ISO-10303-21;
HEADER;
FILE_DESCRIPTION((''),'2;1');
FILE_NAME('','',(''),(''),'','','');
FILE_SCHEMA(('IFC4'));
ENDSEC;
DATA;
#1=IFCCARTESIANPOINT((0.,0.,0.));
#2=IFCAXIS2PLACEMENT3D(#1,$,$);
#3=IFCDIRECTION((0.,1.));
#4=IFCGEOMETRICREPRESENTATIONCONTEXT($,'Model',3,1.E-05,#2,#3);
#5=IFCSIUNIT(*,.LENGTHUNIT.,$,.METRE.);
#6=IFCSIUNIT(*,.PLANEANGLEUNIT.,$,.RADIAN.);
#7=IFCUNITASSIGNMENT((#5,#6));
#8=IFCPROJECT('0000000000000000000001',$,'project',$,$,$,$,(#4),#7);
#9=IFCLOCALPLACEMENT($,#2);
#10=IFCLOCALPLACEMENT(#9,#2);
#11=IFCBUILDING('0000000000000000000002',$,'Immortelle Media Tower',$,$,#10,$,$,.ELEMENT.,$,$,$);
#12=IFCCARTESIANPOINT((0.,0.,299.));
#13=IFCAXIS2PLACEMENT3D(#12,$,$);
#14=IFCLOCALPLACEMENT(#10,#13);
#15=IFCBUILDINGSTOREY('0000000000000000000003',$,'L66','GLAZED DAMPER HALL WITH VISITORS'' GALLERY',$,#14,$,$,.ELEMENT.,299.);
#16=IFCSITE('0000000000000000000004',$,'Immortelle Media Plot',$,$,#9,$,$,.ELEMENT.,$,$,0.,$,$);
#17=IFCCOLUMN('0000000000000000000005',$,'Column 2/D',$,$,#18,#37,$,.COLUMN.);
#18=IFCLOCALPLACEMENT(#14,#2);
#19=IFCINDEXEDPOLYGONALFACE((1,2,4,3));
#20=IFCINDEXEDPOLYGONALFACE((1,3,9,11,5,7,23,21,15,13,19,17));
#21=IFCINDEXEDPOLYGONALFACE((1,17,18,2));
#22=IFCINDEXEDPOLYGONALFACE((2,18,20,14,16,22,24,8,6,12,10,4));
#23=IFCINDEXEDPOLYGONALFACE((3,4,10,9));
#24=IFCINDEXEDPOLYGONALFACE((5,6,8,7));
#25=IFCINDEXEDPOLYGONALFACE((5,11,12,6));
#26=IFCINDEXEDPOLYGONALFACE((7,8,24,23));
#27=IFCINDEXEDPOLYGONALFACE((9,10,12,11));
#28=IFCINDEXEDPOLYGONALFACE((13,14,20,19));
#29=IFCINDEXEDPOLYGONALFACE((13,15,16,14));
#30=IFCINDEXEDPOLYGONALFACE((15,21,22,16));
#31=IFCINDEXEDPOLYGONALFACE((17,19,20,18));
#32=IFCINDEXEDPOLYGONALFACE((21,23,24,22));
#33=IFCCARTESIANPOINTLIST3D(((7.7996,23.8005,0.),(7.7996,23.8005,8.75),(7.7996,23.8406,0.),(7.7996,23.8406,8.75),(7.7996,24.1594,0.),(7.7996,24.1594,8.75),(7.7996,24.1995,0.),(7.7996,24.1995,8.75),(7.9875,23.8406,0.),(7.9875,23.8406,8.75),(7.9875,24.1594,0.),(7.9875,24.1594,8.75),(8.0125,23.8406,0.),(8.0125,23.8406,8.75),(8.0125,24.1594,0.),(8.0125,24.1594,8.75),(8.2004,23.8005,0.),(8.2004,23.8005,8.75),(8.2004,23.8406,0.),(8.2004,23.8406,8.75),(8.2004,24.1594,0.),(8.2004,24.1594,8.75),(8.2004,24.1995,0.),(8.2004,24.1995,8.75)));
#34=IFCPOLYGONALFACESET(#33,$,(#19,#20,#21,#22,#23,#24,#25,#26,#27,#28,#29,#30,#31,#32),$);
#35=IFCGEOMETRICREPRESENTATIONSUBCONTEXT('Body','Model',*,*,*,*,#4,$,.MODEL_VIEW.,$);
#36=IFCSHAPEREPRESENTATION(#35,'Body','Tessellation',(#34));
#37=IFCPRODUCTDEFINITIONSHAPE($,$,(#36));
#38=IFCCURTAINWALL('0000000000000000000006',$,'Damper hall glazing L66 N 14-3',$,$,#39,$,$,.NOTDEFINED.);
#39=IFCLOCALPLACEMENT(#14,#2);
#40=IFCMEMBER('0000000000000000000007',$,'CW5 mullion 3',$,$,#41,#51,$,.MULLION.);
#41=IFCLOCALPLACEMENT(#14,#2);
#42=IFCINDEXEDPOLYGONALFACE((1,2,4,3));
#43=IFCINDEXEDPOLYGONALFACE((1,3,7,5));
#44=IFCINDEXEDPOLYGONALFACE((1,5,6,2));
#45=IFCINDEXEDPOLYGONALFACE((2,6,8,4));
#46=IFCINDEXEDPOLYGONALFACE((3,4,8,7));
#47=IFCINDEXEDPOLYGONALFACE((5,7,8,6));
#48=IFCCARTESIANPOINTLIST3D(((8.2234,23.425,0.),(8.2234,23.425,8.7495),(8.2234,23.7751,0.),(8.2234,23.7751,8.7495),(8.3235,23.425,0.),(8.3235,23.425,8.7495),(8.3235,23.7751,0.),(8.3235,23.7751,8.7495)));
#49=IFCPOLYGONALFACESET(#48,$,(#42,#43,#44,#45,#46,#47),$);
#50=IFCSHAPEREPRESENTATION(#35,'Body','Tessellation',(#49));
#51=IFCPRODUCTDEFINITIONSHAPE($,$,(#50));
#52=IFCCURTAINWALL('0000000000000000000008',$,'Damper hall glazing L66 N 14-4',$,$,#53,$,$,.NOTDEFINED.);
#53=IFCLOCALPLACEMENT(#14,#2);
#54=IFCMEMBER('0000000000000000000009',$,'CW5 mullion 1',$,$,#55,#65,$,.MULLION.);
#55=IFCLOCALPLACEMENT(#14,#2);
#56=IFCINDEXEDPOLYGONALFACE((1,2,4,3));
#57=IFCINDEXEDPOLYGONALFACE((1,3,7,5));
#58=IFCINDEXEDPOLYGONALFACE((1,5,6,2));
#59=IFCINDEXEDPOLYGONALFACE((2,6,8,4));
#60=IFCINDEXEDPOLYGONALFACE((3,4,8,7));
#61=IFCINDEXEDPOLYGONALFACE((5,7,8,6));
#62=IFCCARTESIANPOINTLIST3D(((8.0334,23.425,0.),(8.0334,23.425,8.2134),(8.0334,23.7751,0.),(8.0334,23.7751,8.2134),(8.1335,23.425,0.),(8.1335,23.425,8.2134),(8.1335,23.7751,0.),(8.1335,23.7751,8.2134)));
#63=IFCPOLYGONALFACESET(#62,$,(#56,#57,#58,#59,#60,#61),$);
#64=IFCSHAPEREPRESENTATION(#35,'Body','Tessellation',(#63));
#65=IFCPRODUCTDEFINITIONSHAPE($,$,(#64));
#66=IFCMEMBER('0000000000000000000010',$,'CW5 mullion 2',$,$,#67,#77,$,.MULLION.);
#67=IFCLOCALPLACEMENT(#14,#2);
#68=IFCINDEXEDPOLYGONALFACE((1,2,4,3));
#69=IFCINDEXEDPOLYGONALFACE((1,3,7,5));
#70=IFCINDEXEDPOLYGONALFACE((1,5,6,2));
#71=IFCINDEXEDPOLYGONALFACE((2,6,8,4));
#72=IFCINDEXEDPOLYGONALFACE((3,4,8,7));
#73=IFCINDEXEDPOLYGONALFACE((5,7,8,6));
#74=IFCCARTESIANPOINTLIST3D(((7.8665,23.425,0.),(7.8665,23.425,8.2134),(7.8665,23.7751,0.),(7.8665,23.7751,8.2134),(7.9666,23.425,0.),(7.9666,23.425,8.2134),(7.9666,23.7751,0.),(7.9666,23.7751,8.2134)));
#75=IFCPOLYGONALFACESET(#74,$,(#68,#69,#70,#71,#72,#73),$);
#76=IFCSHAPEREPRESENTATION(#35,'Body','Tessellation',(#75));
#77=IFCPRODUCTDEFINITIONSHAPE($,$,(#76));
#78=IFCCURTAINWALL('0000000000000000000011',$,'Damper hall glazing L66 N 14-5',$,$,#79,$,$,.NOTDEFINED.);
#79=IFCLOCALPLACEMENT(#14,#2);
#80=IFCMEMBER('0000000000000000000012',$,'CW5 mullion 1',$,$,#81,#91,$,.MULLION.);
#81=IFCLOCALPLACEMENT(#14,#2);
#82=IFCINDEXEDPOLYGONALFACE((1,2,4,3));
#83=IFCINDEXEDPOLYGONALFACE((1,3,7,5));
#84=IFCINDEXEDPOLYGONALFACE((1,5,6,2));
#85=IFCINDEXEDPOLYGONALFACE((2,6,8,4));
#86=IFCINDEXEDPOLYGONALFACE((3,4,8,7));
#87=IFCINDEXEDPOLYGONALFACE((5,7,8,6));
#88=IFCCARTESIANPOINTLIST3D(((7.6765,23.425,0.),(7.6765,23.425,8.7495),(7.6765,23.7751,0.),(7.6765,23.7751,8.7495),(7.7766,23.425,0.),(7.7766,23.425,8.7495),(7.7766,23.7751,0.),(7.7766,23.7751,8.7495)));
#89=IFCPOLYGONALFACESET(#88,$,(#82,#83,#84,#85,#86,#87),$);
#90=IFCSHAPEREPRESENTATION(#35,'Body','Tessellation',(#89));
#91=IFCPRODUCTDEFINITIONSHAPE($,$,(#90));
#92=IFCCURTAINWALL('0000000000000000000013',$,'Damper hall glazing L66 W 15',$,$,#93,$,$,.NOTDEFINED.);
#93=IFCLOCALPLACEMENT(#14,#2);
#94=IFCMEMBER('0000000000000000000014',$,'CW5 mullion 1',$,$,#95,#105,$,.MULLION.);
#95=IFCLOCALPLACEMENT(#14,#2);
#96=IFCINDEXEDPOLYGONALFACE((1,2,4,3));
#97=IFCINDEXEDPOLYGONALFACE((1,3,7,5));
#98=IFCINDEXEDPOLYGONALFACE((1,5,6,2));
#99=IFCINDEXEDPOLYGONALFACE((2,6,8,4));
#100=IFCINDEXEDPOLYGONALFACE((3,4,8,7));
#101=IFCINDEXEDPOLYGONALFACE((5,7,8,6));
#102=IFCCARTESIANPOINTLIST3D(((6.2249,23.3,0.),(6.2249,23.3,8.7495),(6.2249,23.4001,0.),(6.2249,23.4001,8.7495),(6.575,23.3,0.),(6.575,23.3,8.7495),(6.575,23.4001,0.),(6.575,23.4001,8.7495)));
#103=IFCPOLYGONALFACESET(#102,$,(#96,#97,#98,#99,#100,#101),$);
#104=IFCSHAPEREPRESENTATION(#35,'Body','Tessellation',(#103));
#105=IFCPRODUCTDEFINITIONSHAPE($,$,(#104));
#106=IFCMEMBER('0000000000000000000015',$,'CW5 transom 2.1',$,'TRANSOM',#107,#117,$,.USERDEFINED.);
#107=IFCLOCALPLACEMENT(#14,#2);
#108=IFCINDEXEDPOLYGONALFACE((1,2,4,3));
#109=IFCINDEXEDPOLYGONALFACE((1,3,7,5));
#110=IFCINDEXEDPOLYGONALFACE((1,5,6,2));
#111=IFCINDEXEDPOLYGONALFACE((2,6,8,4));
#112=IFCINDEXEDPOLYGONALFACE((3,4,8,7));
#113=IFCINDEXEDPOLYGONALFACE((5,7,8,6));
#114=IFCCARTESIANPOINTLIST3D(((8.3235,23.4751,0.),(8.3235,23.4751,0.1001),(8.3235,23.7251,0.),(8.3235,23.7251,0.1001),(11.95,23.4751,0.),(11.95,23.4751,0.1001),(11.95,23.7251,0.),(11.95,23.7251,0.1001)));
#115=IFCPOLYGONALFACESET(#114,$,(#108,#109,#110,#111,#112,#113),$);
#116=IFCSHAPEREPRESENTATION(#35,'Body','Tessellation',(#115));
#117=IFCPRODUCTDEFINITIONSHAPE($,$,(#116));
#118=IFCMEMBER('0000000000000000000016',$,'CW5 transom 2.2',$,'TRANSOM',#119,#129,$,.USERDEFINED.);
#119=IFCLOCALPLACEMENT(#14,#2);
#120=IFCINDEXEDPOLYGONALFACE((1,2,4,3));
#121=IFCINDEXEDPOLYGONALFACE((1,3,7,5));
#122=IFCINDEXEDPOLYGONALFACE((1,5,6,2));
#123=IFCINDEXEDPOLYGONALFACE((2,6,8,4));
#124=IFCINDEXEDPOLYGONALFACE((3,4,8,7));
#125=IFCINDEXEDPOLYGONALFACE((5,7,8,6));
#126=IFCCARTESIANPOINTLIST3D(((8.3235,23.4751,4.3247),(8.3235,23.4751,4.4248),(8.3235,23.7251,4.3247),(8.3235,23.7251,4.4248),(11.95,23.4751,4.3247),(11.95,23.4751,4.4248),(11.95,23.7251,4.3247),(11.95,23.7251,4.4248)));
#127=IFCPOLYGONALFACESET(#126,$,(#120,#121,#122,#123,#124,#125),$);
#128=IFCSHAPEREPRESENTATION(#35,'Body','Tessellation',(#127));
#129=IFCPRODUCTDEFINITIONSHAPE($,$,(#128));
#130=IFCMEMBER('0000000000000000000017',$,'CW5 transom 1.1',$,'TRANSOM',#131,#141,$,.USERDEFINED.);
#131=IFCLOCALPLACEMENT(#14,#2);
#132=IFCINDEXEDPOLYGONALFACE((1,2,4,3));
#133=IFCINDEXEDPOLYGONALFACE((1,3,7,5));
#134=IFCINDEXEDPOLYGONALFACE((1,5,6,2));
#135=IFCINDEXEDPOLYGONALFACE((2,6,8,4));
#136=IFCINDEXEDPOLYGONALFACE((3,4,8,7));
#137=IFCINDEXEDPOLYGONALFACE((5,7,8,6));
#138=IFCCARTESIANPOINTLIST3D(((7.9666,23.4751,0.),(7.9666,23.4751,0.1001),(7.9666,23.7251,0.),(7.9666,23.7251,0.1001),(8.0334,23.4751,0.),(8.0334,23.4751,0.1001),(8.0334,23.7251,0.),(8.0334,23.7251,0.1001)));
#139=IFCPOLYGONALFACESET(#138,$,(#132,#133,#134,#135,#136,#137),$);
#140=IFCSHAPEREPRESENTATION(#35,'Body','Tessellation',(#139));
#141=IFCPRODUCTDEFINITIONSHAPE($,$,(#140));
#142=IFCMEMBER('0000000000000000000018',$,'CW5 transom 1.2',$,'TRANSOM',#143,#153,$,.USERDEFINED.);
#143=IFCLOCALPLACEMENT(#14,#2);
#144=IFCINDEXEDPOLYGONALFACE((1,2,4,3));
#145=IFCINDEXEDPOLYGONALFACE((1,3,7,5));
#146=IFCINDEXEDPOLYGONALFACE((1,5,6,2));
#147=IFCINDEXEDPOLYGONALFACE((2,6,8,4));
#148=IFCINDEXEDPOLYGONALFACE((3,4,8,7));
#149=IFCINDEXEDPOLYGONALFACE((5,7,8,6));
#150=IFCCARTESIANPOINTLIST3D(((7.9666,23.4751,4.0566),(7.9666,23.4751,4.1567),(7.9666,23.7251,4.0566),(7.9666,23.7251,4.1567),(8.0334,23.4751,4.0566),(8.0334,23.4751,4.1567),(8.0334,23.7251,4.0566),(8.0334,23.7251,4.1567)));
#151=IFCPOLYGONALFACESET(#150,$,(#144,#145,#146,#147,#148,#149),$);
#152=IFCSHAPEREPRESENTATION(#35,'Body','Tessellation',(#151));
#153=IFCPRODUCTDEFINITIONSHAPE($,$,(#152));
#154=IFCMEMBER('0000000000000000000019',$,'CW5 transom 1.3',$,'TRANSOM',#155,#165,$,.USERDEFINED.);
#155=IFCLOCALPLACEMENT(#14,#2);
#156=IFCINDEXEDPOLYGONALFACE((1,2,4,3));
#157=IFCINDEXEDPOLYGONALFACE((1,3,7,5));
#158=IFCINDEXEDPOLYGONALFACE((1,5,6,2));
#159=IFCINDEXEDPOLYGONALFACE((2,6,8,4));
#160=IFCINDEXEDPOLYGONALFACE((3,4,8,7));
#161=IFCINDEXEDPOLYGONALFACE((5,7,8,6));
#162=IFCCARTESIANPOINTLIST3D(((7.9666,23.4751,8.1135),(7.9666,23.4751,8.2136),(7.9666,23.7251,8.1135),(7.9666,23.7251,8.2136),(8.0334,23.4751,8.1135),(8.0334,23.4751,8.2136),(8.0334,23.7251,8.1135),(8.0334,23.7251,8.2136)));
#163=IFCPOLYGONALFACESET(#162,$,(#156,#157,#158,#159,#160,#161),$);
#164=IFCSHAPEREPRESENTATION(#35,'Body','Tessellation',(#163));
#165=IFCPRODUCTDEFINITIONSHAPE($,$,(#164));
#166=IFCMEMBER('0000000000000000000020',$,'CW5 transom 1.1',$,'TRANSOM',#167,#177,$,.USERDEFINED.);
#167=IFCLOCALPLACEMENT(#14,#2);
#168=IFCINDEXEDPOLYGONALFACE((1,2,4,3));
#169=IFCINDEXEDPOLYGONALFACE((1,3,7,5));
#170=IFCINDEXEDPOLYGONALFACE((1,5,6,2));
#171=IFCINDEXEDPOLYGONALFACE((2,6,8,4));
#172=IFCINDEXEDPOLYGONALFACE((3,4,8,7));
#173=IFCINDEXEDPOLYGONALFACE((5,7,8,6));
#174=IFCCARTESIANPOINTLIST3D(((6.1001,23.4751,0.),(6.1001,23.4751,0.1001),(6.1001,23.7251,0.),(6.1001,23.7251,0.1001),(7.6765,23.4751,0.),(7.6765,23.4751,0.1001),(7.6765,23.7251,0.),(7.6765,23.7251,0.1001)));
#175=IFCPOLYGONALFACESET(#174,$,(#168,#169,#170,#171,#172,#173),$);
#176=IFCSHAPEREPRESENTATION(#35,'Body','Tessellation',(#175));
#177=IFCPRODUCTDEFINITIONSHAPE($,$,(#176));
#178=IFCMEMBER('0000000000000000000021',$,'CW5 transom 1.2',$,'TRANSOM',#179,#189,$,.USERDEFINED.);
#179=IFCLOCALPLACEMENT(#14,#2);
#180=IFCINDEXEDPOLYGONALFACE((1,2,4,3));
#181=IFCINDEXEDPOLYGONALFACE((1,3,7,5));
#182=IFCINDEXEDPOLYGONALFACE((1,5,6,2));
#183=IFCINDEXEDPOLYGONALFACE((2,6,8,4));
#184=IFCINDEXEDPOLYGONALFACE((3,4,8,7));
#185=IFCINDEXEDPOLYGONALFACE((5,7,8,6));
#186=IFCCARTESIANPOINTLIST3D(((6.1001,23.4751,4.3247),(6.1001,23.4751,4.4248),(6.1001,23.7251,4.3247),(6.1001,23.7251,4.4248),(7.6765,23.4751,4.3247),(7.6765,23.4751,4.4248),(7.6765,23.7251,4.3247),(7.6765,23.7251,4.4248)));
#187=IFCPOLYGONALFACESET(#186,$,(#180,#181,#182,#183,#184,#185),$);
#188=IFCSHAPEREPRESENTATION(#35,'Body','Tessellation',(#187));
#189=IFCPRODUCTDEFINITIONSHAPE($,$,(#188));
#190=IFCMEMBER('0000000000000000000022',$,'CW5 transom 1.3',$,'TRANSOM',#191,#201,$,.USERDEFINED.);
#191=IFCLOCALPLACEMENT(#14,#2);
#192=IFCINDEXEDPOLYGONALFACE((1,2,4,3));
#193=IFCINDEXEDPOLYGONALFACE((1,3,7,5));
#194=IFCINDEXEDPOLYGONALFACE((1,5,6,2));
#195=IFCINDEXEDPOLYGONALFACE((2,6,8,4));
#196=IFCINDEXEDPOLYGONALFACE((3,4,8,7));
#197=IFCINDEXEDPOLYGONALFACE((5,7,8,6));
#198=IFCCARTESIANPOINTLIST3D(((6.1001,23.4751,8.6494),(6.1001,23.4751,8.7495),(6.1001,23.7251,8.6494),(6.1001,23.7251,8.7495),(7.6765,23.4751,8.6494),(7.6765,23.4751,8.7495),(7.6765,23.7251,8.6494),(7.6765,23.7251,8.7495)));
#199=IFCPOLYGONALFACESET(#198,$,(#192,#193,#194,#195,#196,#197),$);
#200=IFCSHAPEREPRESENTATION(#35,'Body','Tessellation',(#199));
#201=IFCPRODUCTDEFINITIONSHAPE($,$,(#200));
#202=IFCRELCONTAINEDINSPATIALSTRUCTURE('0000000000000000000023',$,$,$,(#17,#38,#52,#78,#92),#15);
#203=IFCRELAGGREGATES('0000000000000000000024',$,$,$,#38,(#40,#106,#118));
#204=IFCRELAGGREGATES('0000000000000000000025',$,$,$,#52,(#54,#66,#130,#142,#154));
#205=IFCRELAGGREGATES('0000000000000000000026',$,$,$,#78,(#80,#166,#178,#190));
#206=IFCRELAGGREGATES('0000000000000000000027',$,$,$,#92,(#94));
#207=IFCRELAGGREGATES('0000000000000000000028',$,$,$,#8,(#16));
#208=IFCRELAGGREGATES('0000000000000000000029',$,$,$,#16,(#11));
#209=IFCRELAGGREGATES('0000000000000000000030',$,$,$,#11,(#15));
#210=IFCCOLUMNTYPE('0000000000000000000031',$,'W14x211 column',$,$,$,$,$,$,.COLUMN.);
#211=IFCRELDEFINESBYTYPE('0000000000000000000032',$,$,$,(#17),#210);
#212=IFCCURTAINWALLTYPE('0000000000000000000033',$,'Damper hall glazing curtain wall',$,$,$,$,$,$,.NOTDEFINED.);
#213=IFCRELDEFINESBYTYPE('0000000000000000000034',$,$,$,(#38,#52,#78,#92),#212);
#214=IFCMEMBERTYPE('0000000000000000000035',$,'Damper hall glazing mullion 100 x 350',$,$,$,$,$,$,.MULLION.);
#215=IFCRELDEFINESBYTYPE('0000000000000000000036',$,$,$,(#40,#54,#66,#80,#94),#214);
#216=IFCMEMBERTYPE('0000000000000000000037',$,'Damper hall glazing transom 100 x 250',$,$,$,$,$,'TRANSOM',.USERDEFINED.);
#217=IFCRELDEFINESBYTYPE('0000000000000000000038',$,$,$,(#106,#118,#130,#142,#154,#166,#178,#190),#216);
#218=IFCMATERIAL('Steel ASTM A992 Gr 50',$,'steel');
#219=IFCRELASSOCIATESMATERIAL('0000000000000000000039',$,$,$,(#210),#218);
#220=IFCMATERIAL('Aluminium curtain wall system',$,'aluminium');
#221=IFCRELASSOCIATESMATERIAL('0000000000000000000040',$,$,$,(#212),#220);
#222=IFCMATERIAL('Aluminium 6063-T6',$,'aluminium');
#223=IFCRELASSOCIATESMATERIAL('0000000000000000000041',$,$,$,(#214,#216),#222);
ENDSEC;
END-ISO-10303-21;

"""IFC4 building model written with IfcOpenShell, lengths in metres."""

from ifc_helpers import new_model, si_unit, direction, frame, origin, origin_2d, place, context, subcontext, project, spatial, rectangle, i_section, extrude, material, material_profile, profile_set, type_object, element, aggregate, save


model = new_model("IFC4")

# Units and contexts
model_context = context("Model", 3, precision=1e-05, world=origin(), true_north=direction((0.0, 1.0)))
body_context = subcontext(model_context, "Body", "Model", "MODEL_VIEW")
ifc_project = project(units=[si_unit("LENGTHUNIT", "METRE"), si_unit("PLANEANGLEUNIT", "RADIAN")], contexts=[model_context])

# Site, building, storey
site_placement = place(None, origin())
site = spatial("IfcSite", under=ifc_project, at=site_placement, Name="Immortelle Media Plot", CompositionType="ELEMENT", RefElevation=0.0)
building_placement = place(site_placement, origin())
building = spatial("IfcBuilding", under=site, at=building_placement, Name="Immortelle Media Tower", CompositionType="ELEMENT")
storey_placement = place(building_placement, frame((0.0, 0.0, 299.0)))
storey = spatial("IfcBuildingStorey", under=building, at=storey_placement, Name="L66", Description="GLAZED DAMPER HALL WITH VISITORS' GALLERY", CompositionType="ELEMENT", Elevation=299.0)

# Column
ifc_material_1 = material(Name="Steel ASTM A992 Gr 50", Category="steel")
ifc_material_profile_1 = material_profile(ifc_material_1, i_section(OverallWidth=0.4009, OverallDepth=0.3989, WebThickness=0.0249, FlangeThickness=0.04, at=origin_2d()), Name="W14x211")
ifc_profile_set_1 = profile_set([ifc_material_profile_1], Name="Steel ASTM A992 Gr 50")
column_type = type_object("IfcColumnType", Name="W14x211 column", PredefinedType="COLUMN", material=ifc_profile_set_1)
column_placement = place(storey_placement, frame((8.0, 24.0, 0.0), z_axis=(0.0, 0.0, 1.0), x_axis=(1.0, 0.0, 0.0)))
element("IfcColumn", 1, at=column_placement, inside=storey, type_object=column_type, Name="Column 2/D", PredefinedType="COLUMN", context=body_context, shape_type="SweptSolid", body=[
    extrude(i_section(OverallWidth=0.4009, OverallDepth=0.3989, WebThickness=0.0249, FlangeThickness=0.04, at=origin_2d()), origin(), (0.0, 0.0, 1.0), 8.75),
])

# Curtain wall, member
ifc_material_2 = material(Name="Aluminium curtain wall system", Category="aluminium")
curtain_wall_type = type_object("IfcCurtainWallType", Name="Damper hall glazing curtain wall", PredefinedType="NOTDEFINED", material=ifc_material_2)
curtain_wall_1_placement = place(storey_placement, origin())
curtain_wall_1 = element("IfcCurtainWall", 2, at=curtain_wall_1_placement, inside=storey, type_object=curtain_wall_type, Name="Damper hall glazing L66 N 14-3", PredefinedType="NOTDEFINED")
ifc_material_3 = material(Name="Aluminium 6063-T6", Category="aluminium")
ifc_material_profile_2 = material_profile(ifc_material_3, rectangle(XDim=0.3501, YDim=0.1001, at=origin_2d()), Name="AL 100x350")
ifc_profile_set_2 = profile_set([ifc_material_profile_2], Name="Aluminium 6063-T6")
member_type_1 = type_object("IfcMemberType", Name="Damper hall glazing mullion 100 x 350", PredefinedType="MULLION", material=ifc_profile_set_2)
member_1_placement = place(storey_placement, frame((8.2734, 23.6001, 0.0), z_axis=(0.0, 0.0, 1.0), x_axis=(0.0, -1.0, 0.0)))
member_1 = element("IfcMember", 3, at=member_1_placement, type_object=member_type_1, Name="CW5 mullion 3", PredefinedType="MULLION", context=body_context, shape_type="SweptSolid", body=[
    extrude(rectangle(XDim=0.3501, YDim=0.1001, at=origin_2d()), origin(), (0.0, 0.0, 1.0), 8.7495),
])

# Curtain wall, members
curtain_wall_2_placement = place(storey_placement, origin())
curtain_wall_2 = element("IfcCurtainWall", 4, at=curtain_wall_2_placement, inside=storey, type_object=curtain_wall_type, Name="Damper hall glazing L66 N 14-4", PredefinedType="NOTDEFINED")
member_2_placement = place(storey_placement, frame((8.0835, 23.6001, 0.0), z_axis=(0.0, 0.0, 1.0), x_axis=(0.0, -1.0, 0.0)))
member_2 = element("IfcMember", 5, at=member_2_placement, type_object=member_type_1, Name="CW5 mullion 1", PredefinedType="MULLION", context=body_context, shape_type="SweptSolid", body=[
    extrude(rectangle(XDim=0.3501, YDim=0.1001, at=origin_2d()), origin(), (0.0, 0.0, 1.0), 8.2134),
])
member_3_placement = place(storey_placement, frame((7.9165, 23.6001, 0.0), z_axis=(0.0, 0.0, 1.0), x_axis=(0.0, -1.0, 0.0)))
member_3 = element("IfcMember", 6, at=member_3_placement, type_object=member_type_1, Name="CW5 mullion 2", PredefinedType="MULLION", context=body_context, shape_type="SweptSolid", body=[
    extrude(rectangle(XDim=0.3501, YDim=0.1001, at=origin_2d()), origin(), (0.0, 0.0, 1.0), 8.2134),
])

# Curtain walls, members
curtain_wall_3_placement = place(storey_placement, origin())
curtain_wall_3 = element("IfcCurtainWall", 7, at=curtain_wall_3_placement, inside=storey, type_object=curtain_wall_type, Name="Damper hall glazing L66 N 14-5", PredefinedType="NOTDEFINED")
member_4_placement = place(storey_placement, frame((7.7266, 23.6001, 0.0), z_axis=(0.0, 0.0, 1.0), x_axis=(0.0, -1.0, 0.0)))
member_4 = element("IfcMember", 8, at=member_4_placement, type_object=member_type_1, Name="CW5 mullion 1", PredefinedType="MULLION", context=body_context, shape_type="SweptSolid", body=[
    extrude(rectangle(XDim=0.3501, YDim=0.1001, at=origin_2d()), origin(), (0.0, 0.0, 1.0), 8.7495),
])
curtain_wall_4_placement = place(storey_placement, origin())
curtain_wall_4 = element("IfcCurtainWall", 9, at=curtain_wall_4_placement, inside=storey, type_object=curtain_wall_type, Name="Damper hall glazing L66 W 15", PredefinedType="NOTDEFINED")
member_5_placement = place(storey_placement, frame((6.3999, 23.3501, 0.0), z_axis=(0.0, 0.0, 1.0), x_axis=(1.0, 0.0, 0.0)))
member_5 = element("IfcMember", 10, at=member_5_placement, type_object=member_type_1, Name="CW5 mullion 1", PredefinedType="MULLION", context=body_context, shape_type="SweptSolid", body=[
    extrude(rectangle(XDim=0.3501, YDim=0.1001, at=origin_2d()), origin(), (0.0, 0.0, 1.0), 8.7495),
])

# Members
ifc_material_profile_3 = material_profile(ifc_material_3, rectangle(XDim=0.25, YDim=0.1001, at=origin_2d()), Name="AL 100x250")
ifc_profile_set_3 = profile_set([ifc_material_profile_3], Name="Aluminium 6063-T6")
member_type_2 = type_object("IfcMemberType", Name="Damper hall glazing transom 100 x 250", ElementType="TRANSOM", PredefinedType="USERDEFINED", material=ifc_profile_set_3)
member_6_placement = place(storey_placement, frame((11.95, 23.6001, 0.05), z_axis=(-1.0, 0.0, 0.0), x_axis=(0.0, -1.0, 0.0)))
member_6 = element("IfcMember", 11, at=member_6_placement, type_object=member_type_2, Name="CW5 transom 2.1", ObjectType="TRANSOM", PredefinedType="USERDEFINED", context=body_context, shape_type="SweptSolid", body=[
    extrude(rectangle(XDim=0.25, YDim=0.1001, at=origin_2d()), origin(), (0.0, 0.0, 1.0), 3.6265),
])
member_7_placement = place(storey_placement, frame((11.95, 23.6001, 4.3748), z_axis=(-1.0, 0.0, 0.0), x_axis=(0.0, -1.0, 0.0)))
member_7 = element("IfcMember", 12, at=member_7_placement, type_object=member_type_2, Name="CW5 transom 2.2", ObjectType="TRANSOM", PredefinedType="USERDEFINED", context=body_context, shape_type="SweptSolid", body=[
    extrude(rectangle(XDim=0.25, YDim=0.1001, at=origin_2d()), origin(), (0.0, 0.0, 1.0), 3.6265),
])
member_8_placement = place(storey_placement, frame((8.0334, 23.6001, 0.05), z_axis=(-1.0, 0.0, 0.0), x_axis=(0.0, -1.0, 0.0)))
member_8 = element("IfcMember", 13, at=member_8_placement, type_object=member_type_2, Name="CW5 transom 1.1", ObjectType="TRANSOM", PredefinedType="USERDEFINED", context=body_context, shape_type="SweptSolid", body=[
    extrude(rectangle(XDim=0.25, YDim=0.1001, at=origin_2d()), origin(), (0.0, 0.0, 1.0), 0.0669),
])
member_9_placement = place(storey_placement, frame((8.0334, 23.6001, 4.1067), z_axis=(-1.0, 0.0, 0.0), x_axis=(0.0, -1.0, 0.0)))
member_9 = element("IfcMember", 14, at=member_9_placement, type_object=member_type_2, Name="CW5 transom 1.2", ObjectType="TRANSOM", PredefinedType="USERDEFINED", context=body_context, shape_type="SweptSolid", body=[
    extrude(rectangle(XDim=0.25, YDim=0.1001, at=origin_2d()), origin(), (0.0, 0.0, 1.0), 0.0669),
])
member_10_placement = place(storey_placement, frame((8.0334, 23.6001, 8.1636), z_axis=(-1.0, 0.0, 0.0), x_axis=(0.0, -1.0, 0.0)))
member_10 = element("IfcMember", 15, at=member_10_placement, type_object=member_type_2, Name="CW5 transom 1.3", ObjectType="TRANSOM", PredefinedType="USERDEFINED", context=body_context, shape_type="SweptSolid", body=[
    extrude(rectangle(XDim=0.25, YDim=0.1001, at=origin_2d()), origin(), (0.0, 0.0, 1.0), 0.0669),
])
member_11_placement = place(storey_placement, frame((7.6765, 23.6001, 0.05), z_axis=(-1.0, 0.0, 0.0), x_axis=(0.0, -1.0, 0.0)))
member_11 = element("IfcMember", 16, at=member_11_placement, type_object=member_type_2, Name="CW5 transom 1.1", ObjectType="TRANSOM", PredefinedType="USERDEFINED", context=body_context, shape_type="SweptSolid", body=[
    extrude(rectangle(XDim=0.25, YDim=0.1001, at=origin_2d()), origin(), (0.0, 0.0, 1.0), 1.5764),
])
member_12_placement = place(storey_placement, frame((7.6765, 23.6001, 4.3748), z_axis=(-1.0, 0.0, 0.0), x_axis=(0.0, -1.0, 0.0)))
member_12 = element("IfcMember", 17, at=member_12_placement, type_object=member_type_2, Name="CW5 transom 1.2", ObjectType="TRANSOM", PredefinedType="USERDEFINED", context=body_context, shape_type="SweptSolid", body=[
    extrude(rectangle(XDim=0.25, YDim=0.1001, at=origin_2d()), origin(), (0.0, 0.0, 1.0), 1.5764),
])
member_13_placement = place(storey_placement, frame((7.6765, 23.6001, 8.6995), z_axis=(-1.0, 0.0, 0.0), x_axis=(0.0, -1.0, 0.0)))
member_13 = element("IfcMember", 18, at=member_13_placement, type_object=member_type_2, Name="CW5 transom 1.3", ObjectType="TRANSOM", PredefinedType="USERDEFINED", context=body_context, shape_type="SweptSolid", body=[
    extrude(rectangle(XDim=0.25, YDim=0.1001, at=origin_2d()), origin(), (0.0, 0.0, 1.0), 1.5764),
])

aggregate(curtain_wall_1, [member_1, member_6, member_7])
aggregate(curtain_wall_2, [member_2, member_3, member_8, member_9, member_10])
aggregate(curtain_wall_3, [member_4, member_11, member_12, member_13])
aggregate(curtain_wall_4, [member_5])

save(model, "model.ifc")
